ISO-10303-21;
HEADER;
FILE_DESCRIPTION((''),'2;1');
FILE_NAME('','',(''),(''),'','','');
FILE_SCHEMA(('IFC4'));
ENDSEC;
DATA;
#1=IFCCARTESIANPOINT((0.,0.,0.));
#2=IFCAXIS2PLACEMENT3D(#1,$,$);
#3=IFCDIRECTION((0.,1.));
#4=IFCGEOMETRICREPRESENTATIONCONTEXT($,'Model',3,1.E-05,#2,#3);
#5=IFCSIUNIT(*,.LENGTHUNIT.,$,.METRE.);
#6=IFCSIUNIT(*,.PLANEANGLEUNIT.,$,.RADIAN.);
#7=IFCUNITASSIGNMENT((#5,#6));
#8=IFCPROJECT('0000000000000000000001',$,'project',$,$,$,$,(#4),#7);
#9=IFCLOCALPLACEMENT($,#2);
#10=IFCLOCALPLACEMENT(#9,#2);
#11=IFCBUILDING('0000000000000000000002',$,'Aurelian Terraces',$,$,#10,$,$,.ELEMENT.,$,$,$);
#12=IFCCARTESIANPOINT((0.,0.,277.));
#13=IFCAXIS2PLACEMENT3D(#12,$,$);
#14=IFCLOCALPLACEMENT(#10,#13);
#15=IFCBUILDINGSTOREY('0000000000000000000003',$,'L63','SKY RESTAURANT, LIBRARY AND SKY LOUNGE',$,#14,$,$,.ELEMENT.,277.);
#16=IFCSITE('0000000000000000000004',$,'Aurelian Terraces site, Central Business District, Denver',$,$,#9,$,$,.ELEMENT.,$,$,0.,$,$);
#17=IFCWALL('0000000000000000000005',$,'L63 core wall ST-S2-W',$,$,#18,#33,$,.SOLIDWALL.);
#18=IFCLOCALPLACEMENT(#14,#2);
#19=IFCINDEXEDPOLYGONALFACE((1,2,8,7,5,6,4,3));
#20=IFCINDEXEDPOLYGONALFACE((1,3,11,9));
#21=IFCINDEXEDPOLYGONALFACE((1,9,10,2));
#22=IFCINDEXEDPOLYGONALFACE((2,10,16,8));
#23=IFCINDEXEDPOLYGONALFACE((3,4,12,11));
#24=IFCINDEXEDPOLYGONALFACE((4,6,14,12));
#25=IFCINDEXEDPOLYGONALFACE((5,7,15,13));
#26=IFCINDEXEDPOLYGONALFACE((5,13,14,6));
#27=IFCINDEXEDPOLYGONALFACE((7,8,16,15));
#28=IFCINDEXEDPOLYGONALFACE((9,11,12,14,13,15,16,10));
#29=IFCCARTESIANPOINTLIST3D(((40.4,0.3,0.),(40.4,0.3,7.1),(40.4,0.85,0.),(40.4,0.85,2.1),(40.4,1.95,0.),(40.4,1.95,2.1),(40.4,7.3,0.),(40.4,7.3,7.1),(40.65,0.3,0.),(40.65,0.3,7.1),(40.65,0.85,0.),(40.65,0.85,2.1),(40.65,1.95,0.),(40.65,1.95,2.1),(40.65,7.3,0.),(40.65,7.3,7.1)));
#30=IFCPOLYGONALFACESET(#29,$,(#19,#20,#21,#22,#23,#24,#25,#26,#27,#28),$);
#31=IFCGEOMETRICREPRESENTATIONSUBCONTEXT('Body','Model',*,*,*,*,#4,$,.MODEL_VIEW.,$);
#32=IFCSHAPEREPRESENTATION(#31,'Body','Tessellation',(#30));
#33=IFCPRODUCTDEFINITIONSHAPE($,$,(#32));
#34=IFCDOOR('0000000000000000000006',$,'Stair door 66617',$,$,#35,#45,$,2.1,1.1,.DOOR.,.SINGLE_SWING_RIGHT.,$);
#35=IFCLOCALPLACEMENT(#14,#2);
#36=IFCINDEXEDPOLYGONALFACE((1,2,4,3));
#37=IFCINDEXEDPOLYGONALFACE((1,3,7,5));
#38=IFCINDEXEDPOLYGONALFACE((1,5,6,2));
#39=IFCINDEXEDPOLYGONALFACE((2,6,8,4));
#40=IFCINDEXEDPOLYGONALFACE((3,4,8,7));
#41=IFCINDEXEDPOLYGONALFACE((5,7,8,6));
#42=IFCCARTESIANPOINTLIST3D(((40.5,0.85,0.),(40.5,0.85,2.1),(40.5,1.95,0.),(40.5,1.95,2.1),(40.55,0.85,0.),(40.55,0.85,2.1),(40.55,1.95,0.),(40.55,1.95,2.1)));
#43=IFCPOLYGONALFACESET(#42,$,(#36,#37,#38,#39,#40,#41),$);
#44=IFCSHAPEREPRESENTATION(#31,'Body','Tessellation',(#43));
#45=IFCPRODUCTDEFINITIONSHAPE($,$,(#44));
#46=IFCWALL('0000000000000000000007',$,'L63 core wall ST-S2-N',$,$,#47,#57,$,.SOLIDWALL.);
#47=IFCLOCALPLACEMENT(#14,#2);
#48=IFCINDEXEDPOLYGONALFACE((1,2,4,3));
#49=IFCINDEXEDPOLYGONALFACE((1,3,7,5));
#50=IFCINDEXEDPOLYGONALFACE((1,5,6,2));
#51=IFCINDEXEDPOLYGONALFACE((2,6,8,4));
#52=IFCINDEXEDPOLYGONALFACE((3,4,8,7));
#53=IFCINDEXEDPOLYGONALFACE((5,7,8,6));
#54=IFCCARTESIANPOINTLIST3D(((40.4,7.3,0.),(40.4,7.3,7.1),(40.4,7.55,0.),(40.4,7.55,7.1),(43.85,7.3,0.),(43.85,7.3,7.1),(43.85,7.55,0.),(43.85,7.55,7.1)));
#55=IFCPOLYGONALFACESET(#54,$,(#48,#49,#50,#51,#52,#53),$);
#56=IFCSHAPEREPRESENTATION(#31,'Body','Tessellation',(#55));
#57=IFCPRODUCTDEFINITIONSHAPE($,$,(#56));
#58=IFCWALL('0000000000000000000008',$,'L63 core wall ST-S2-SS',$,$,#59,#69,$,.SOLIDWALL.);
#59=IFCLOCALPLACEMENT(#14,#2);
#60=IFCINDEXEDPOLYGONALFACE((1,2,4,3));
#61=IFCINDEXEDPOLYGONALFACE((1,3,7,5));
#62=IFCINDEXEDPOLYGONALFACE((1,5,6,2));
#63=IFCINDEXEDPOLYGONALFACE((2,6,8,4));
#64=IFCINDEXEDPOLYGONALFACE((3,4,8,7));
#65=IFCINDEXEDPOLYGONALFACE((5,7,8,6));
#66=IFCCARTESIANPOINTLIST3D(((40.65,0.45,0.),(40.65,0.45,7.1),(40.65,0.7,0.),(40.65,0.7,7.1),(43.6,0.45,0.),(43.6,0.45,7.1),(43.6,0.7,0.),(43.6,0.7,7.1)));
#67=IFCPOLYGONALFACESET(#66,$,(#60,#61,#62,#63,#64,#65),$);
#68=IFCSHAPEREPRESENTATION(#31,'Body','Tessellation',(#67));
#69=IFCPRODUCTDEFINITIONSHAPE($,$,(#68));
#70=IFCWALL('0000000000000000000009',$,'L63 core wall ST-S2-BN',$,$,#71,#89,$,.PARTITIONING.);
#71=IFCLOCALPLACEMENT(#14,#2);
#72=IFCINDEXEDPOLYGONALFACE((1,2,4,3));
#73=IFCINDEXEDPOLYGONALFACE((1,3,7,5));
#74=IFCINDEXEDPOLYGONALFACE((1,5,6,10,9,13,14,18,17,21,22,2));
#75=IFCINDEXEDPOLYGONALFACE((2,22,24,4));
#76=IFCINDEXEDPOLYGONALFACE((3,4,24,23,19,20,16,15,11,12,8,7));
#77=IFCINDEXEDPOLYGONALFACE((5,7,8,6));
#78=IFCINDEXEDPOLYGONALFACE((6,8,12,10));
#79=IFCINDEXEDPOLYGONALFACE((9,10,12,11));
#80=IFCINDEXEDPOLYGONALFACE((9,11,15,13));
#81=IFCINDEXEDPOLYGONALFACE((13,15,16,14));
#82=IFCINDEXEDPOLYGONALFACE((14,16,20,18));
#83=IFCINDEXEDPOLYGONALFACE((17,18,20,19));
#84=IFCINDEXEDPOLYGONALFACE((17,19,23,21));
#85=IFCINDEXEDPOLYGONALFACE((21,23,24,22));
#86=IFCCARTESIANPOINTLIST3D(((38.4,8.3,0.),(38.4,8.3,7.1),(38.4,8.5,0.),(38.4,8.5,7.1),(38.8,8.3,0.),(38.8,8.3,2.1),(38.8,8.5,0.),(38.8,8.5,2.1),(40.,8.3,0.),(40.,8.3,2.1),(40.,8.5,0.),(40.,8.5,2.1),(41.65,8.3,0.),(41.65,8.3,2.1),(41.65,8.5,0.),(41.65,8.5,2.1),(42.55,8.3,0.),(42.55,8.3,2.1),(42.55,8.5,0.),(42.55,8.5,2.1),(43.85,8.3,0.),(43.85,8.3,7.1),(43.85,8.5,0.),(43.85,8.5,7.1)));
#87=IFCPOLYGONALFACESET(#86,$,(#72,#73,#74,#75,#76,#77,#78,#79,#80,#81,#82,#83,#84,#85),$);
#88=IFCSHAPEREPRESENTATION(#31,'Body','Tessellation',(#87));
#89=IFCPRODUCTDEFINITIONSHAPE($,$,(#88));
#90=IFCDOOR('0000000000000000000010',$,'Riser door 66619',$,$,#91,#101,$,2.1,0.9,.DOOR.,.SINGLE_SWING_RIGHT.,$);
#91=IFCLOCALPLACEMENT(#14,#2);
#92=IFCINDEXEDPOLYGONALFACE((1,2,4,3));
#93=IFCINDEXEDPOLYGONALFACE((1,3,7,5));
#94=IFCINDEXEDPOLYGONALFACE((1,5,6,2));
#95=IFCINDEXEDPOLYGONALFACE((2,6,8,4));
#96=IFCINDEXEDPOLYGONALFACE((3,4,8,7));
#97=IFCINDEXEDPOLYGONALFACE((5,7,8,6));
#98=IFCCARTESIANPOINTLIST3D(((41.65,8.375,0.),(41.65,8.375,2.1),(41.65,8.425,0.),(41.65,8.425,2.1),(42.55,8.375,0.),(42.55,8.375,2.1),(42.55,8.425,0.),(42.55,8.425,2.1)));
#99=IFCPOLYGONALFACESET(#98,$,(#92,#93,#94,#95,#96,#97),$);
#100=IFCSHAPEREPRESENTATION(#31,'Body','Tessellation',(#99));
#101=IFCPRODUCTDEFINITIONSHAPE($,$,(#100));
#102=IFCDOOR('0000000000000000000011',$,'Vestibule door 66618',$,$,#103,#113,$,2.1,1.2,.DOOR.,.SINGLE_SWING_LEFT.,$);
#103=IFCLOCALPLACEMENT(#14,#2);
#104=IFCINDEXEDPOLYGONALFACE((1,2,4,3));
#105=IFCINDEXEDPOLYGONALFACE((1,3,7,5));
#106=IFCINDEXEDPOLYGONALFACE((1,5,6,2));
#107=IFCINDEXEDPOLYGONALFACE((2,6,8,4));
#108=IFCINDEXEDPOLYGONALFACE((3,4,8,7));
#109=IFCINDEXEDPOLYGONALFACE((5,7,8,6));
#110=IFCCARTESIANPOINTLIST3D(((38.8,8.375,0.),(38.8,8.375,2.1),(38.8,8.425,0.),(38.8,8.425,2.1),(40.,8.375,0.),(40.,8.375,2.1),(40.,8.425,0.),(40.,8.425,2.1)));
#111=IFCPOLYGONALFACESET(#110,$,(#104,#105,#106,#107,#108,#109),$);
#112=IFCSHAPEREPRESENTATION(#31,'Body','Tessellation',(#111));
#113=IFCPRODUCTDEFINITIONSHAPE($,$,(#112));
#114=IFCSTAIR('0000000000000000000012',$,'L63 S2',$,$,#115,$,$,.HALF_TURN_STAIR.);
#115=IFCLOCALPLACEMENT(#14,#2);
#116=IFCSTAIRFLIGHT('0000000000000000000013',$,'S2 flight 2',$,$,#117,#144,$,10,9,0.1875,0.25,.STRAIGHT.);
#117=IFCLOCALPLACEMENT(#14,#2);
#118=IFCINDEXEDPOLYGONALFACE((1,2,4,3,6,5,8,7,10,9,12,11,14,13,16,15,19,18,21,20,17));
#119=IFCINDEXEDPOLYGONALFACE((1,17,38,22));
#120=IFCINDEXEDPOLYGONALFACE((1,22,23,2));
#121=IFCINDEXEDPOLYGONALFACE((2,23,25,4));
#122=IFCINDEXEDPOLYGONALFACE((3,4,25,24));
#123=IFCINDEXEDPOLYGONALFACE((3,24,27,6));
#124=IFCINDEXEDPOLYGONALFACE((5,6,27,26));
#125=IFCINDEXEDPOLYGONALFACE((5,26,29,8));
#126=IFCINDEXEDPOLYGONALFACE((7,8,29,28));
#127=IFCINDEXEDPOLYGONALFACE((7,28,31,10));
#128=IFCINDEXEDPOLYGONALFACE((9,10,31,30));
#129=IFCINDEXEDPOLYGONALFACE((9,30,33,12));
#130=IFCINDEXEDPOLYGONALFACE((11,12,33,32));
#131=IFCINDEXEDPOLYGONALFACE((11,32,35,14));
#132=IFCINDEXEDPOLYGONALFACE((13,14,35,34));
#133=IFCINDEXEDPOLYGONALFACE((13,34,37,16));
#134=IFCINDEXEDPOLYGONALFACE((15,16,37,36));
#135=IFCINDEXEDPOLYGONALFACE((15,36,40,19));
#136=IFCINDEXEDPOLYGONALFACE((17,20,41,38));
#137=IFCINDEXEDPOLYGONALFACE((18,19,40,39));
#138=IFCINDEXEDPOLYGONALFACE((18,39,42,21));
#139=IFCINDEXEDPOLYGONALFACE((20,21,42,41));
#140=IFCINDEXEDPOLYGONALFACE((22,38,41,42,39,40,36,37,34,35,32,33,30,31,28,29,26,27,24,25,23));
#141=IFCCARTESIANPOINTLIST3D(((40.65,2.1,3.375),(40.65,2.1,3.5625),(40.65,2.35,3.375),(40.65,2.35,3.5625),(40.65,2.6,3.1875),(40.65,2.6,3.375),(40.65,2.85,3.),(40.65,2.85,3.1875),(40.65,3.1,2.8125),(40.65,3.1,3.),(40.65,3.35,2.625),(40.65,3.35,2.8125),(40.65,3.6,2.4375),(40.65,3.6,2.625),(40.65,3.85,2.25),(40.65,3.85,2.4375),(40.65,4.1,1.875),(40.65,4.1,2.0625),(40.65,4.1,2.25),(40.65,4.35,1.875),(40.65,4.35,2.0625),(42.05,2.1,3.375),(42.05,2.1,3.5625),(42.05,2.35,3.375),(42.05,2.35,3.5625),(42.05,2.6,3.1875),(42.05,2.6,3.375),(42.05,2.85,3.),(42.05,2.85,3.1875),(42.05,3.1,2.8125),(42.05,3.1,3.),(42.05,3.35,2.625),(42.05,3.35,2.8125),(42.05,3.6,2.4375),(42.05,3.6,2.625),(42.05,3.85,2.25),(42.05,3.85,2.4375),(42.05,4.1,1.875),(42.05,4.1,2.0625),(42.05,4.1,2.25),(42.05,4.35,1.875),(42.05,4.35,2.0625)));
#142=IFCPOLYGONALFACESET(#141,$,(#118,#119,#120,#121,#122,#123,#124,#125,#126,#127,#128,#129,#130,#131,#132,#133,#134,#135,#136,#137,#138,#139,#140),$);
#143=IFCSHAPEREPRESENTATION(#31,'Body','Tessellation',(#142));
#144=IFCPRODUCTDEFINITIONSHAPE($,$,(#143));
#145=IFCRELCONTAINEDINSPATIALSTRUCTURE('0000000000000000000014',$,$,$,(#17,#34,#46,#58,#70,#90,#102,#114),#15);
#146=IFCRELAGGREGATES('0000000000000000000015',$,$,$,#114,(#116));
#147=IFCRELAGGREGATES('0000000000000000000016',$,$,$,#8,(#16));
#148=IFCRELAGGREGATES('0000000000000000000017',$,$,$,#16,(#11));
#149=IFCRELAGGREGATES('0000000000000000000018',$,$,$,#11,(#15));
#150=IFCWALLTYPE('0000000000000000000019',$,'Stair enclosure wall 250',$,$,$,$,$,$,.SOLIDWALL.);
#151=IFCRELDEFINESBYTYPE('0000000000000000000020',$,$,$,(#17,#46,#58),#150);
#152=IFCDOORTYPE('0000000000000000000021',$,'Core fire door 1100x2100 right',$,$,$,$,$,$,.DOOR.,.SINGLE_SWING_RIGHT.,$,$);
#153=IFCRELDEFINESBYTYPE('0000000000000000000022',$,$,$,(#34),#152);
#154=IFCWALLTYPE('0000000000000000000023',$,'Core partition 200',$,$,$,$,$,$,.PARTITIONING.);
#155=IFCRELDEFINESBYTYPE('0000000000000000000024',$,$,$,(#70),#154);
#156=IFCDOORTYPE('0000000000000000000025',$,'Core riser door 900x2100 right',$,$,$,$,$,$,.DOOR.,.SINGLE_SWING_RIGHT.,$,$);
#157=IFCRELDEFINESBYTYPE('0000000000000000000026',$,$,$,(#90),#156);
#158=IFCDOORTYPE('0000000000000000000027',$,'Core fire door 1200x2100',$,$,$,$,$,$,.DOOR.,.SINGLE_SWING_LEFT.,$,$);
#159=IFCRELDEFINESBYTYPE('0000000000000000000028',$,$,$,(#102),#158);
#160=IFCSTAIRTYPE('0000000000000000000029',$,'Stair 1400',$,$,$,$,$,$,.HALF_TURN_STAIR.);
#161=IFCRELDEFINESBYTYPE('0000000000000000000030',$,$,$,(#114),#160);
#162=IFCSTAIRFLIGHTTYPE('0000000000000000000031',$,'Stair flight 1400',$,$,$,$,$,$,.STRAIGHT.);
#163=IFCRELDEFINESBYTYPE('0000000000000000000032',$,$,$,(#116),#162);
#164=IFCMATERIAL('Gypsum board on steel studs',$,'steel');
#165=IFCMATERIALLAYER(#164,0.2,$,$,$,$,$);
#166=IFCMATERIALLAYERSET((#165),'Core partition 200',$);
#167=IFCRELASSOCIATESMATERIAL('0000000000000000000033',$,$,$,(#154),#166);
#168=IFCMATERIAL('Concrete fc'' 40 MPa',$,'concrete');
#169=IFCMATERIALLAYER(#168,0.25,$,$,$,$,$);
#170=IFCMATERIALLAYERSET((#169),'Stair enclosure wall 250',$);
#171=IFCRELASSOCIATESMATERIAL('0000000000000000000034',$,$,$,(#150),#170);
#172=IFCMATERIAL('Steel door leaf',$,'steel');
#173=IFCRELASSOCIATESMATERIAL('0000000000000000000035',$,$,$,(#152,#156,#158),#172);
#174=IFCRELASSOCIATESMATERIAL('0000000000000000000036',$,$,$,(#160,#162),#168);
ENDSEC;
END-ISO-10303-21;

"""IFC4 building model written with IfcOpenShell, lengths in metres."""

from ifc_helpers import new_model, si_unit, direction, frame, frame_2d, origin, place, context, subcontext, project, spatial, polyline, rectangle, outline, extrude, source, transform, mapped, material, layer, layer_set, type_object, element, fill, aggregate, save


model = new_model("IFC4")

# Units and contexts
model_context = context("Model", 3, precision=1e-05, world=origin(), true_north=direction((0.0, 1.0)))
body_context = subcontext(model_context, "Body", "Model", "MODEL_VIEW")
ifc_project = project(units=[si_unit("LENGTHUNIT", "METRE"), si_unit("PLANEANGLEUNIT", "RADIAN")], contexts=[model_context])

# Site, building, storey
site_placement = place(None, origin())
site = spatial("IfcSite", under=ifc_project, at=site_placement, Name="Aurelian Terraces site, Central Business District, Denver", CompositionType="ELEMENT", RefElevation=0.0)
building_placement = place(site_placement, origin())
building = spatial("IfcBuilding", under=site, at=building_placement, Name="Aurelian Terraces", CompositionType="ELEMENT")
storey_placement = place(building_placement, frame((0.0, 0.0, 277.0)))
storey = spatial("IfcBuildingStorey", under=building, at=storey_placement, Name="L63", Description="SKY RESTAURANT, LIBRARY AND SKY LOUNGE", CompositionType="ELEMENT", Elevation=277.0)

# Shared definitions
ifc_material_1 = material(Name="Gypsum board on steel studs", Category="steel")
ifc_layer_1 = layer(ifc_material_1, 0.2)
ifc_layer_set_1 = layer_set([ifc_layer_1], Name="Core partition 200")
wall_type_1 = type_object("IfcWallType", Name="Core partition 200", PredefinedType="PARTITIONING", material=ifc_layer_set_1)

# Wall, opening, door
ifc_material_2 = material(Name="Concrete fc' 40 MPa", Category="concrete")
ifc_layer_2 = layer(ifc_material_2, 0.25)
ifc_layer_set_2 = layer_set([ifc_layer_2], Name="Stair enclosure wall 250")
wall_type_2 = type_object("IfcWallType", Name="Stair enclosure wall 250", PredefinedType="SOLIDWALL", material=ifc_layer_set_2)
shared_shape_1 = source(origin(), body_context, "Body", "SweptSolid", [
    extrude(rectangle(XDim=7.0, YDim=0.25, at=frame_2d((3.5, 0.0))), origin(), (0.0, 0.0, 1.0), 7.1),
])
wall_1_placement = place(storey_placement, frame((40.525, 0.3, 0.0), z_axis=(0.0, 0.0, 1.0), x_axis=(0.0, 1.0, 0.0)))
wall_1 = element("IfcWall", 1, at=wall_1_placement, inside=storey, type_object=wall_type_2, Name="L63 core wall ST-S2-W", PredefinedType="SOLIDWALL", context=body_context, shape_type="MappedRepresentation", body=[
    mapped(shared_shape_1, transform((0.0, 0.0, 0.0), scale=1.0)),
])
shared_shape_2 = source(origin(), body_context, "Body", "SweptSolid", [
    extrude(rectangle(XDim=1.1, YDim=2.1, at=frame_2d((0.55, 1.05))), frame((0.0, 0.135, 0.0), z_axis=(0.0, -1.0, 0.0), x_axis=(1.0, 0.0, 0.0)), (0.0, 0.0, 1.0), 0.27),
])
opening_1_placement = place(wall_1_placement, frame((0.55, 0.0, 0.0)))
opening_1 = element("IfcOpeningElement", 2, at=opening_1_placement, cuts=wall_1, PredefinedType="OPENING", context=body_context, shape_type="MappedRepresentation", body=[
    mapped(shared_shape_2, transform((0.0, 0.0, 0.0), scale=1.0)),
])
ifc_material_3 = material(Name="Steel door leaf", Category="steel")
door_type_1 = type_object("IfcDoorType", Name="Core fire door 1100x2100 right", OperationType="SINGLE_SWING_RIGHT", PredefinedType="DOOR", material=ifc_material_3)
shared_shape_3 = source(origin(), body_context, "Body", "SweptSolid", [
    extrude(rectangle(XDim=1.1, YDim=2.1, at=frame_2d((0.55, 1.05))), frame((0.0, 0.025, 0.0), z_axis=(0.0, -1.0, 0.0), x_axis=(1.0, 0.0, 0.0)), (0.0, 0.0, 1.0), 0.05),
])
door_1_placement = place(opening_1_placement, origin())
door_1 = element("IfcDoor", 3, at=door_1_placement, inside=storey, type_object=door_type_1, Name="Stair door 66617", OperationType="SINGLE_SWING_RIGHT", OverallHeight=2.1, OverallWidth=1.1, PredefinedType="DOOR", context=body_context, shape_type="MappedRepresentation", body=[
    mapped(shared_shape_3, transform((0.0, 0.0, 0.0), scale=1.0)),
])
fill(opening_1, door_1)

# Walls
shared_shape_4 = source(origin(), body_context, "Body", "SweptSolid", [
    extrude(rectangle(XDim=3.45, YDim=0.25, at=frame_2d((1.725, 0.0))), origin(), (0.0, 0.0, 1.0), 7.1),
])
wall_2_placement = place(storey_placement, frame((40.4, 7.425, 0.0), z_axis=(0.0, 0.0, 1.0), x_axis=(1.0, 0.0, 0.0)))
element("IfcWall", 4, at=wall_2_placement, inside=storey, type_object=wall_type_2, Name="L63 core wall ST-S2-N", PredefinedType="SOLIDWALL", context=body_context, shape_type="MappedRepresentation", body=[
    mapped(shared_shape_4, transform((0.0, 0.0, 0.0), scale=1.0)),
])
shared_shape_5 = source(origin(), body_context, "Body", "SweptSolid", [
    extrude(rectangle(XDim=2.95, YDim=0.25, at=frame_2d((1.475, 0.0))), origin(), (0.0, 0.0, 1.0), 7.1),
])
wall_3_placement = place(storey_placement, frame((40.65, 0.575, 0.0), z_axis=(0.0, 0.0, 1.0), x_axis=(1.0, 0.0, 0.0)))
element("IfcWall", 5, at=wall_3_placement, inside=storey, type_object=wall_type_2, Name="L63 core wall ST-S2-SS", PredefinedType="SOLIDWALL", context=body_context, shape_type="MappedRepresentation", body=[
    mapped(shared_shape_5, transform((0.0, 0.0, 0.0), scale=1.0)),
])

# Wall, openings, doors
shared_shape_6 = source(origin(), body_context, "Body", "SweptSolid", [
    extrude(rectangle(XDim=5.45, YDim=0.2, at=frame_2d((2.725, 0.0))), origin(), (0.0, 0.0, 1.0), 7.1),
])
wall_4_placement = place(storey_placement, frame((38.4, 8.4, 0.0), z_axis=(0.0, 0.0, 1.0), x_axis=(1.0, 0.0, 0.0)))
wall_4 = element("IfcWall", 6, at=wall_4_placement, inside=storey, type_object=wall_type_1, Name="L63 core wall ST-S2-BN", PredefinedType="PARTITIONING", context=body_context, shape_type="MappedRepresentation", body=[
    mapped(shared_shape_6, transform((0.0, 0.0, 0.0), scale=1.0)),
])
shared_shape_7 = source(origin(), body_context, "Body", "SweptSolid", [
    extrude(rectangle(XDim=1.2, YDim=2.1, at=frame_2d((0.6, 1.05))), frame((0.0, 0.11, 0.0), z_axis=(0.0, -1.0, 0.0), x_axis=(1.0, 0.0, 0.0)), (0.0, 0.0, 1.0), 0.22),
])
opening_2_placement = place(wall_4_placement, frame((0.4, 0.0, 0.0)))
opening_2 = element("IfcOpeningElement", 7, at=opening_2_placement, cuts=wall_4, PredefinedType="OPENING", context=body_context, shape_type="MappedRepresentation", body=[
    mapped(shared_shape_7, transform((0.0, 0.0, 0.0), scale=1.0)),
])
shared_shape_8 = source(origin(), body_context, "Body", "SweptSolid", [
    extrude(rectangle(XDim=0.9, YDim=2.1, at=frame_2d((0.45, 1.05))), frame((0.0, 0.11, 0.0), z_axis=(0.0, -1.0, 0.0), x_axis=(1.0, 0.0, 0.0)), (0.0, 0.0, 1.0), 0.22),
])
opening_3_placement = place(wall_4_placement, frame((3.25, 0.0, 0.0)))
opening_3 = element("IfcOpeningElement", 8, at=opening_3_placement, cuts=wall_4, PredefinedType="OPENING", context=body_context, shape_type="MappedRepresentation", body=[
    mapped(shared_shape_8, transform((0.0, 0.0, 0.0), scale=1.0)),
])
door_type_2 = type_object("IfcDoorType", Name="Core riser door 900x2100 right", OperationType="SINGLE_SWING_RIGHT", PredefinedType="DOOR", material=ifc_material_3)
shared_shape_9 = source(origin(), body_context, "Body", "SweptSolid", [
    extrude(rectangle(XDim=0.9, YDim=2.1, at=frame_2d((0.45, 1.05))), frame((0.0, 0.025, 0.0), z_axis=(0.0, -1.0, 0.0), x_axis=(1.0, 0.0, 0.0)), (0.0, 0.0, 1.0), 0.05),
])
door_2_placement = place(opening_3_placement, origin())
door_2 = element("IfcDoor", 9, at=door_2_placement, inside=storey, type_object=door_type_2, Name="Riser door 66619", OperationType="SINGLE_SWING_RIGHT", OverallHeight=2.1, OverallWidth=0.9, PredefinedType="DOOR", context=body_context, shape_type="MappedRepresentation", body=[
    mapped(shared_shape_9, transform((0.0, 0.0, 0.0), scale=1.0)),
])
fill(opening_3, door_2)
door_type_3 = type_object("IfcDoorType", Name="Core fire door 1200x2100", OperationType="SINGLE_SWING_LEFT", PredefinedType="DOOR", material=ifc_material_3)
shared_shape_10 = source(origin(), body_context, "Body", "SweptSolid", [
    extrude(rectangle(XDim=1.2, YDim=2.1, at=frame_2d((0.6, 1.05))), frame((0.0, 0.025, 0.0), z_axis=(0.0, -1.0, 0.0), x_axis=(1.0, 0.0, 0.0)), (0.0, 0.0, 1.0), 0.05),
])
door_3_placement = place(opening_2_placement, origin())
door_3 = element("IfcDoor", 10, at=door_3_placement, inside=storey, type_object=door_type_3, Name="Vestibule door 66618", OperationType="SINGLE_SWING_LEFT", OverallHeight=2.1, OverallWidth=1.2, PredefinedType="DOOR", context=body_context, shape_type="MappedRepresentation", body=[
    mapped(shared_shape_10, transform((0.0, 0.0, 0.0), scale=1.0)),
])
fill(opening_2, door_3)

# Stair, stair flight
stair_type = type_object("IfcStairType", Name="Stair 1400", PredefinedType="HALF_TURN_STAIR", material=ifc_material_2)
stair_placement = place(storey_placement, origin())
stair = element("IfcStair", 11, at=stair_placement, inside=storey, type_object=stair_type, Name="L63 S2", PredefinedType="HALF_TURN_STAIR")
stair_flight_type = type_object("IfcStairFlightType", Name="Stair flight 1400", PredefinedType="STRAIGHT", material=ifc_material_2)
shared_shape_11 = source(origin(), body_context, "Body", "SweptSolid", [
    extrude(outline(polyline([(0.0, 0.0), (0.0, 0.1875), (0.25, 0.1875), (0.25, 0.375), (0.5, 0.375), (0.5, 0.5625), (0.75, 0.5625), (0.75, 0.75), (1.0, 0.75), (1.0, 0.9375), (1.25, 0.9375), (1.25, 1.125), (1.5, 1.125), (1.5, 1.3125), (1.75, 1.3125), (1.75, 1.5), (2.0, 1.5), (2.0, 1.6875), (2.25, 1.6875), (2.25, 1.875), (2.25, 1.5), (0.25, 0.0), (0.0, 0.0)])), frame((0.0, 0.7, 0.0), z_axis=(0.0, -1.0, 0.0), x_axis=(1.0, 0.0, 0.0)), (0.0, 0.0, 1.0), 1.4),
])
stair_flight_1_placement = place(storey_placement, frame((41.35, 4.35, 1.875), z_axis=(0.0, 0.0, 1.0), x_axis=(0.0, -1.0, 0.0)))
stair_flight_1 = element("IfcStairFlight", 12, at=stair_flight_1_placement, type_object=stair_flight_type, Name="S2 flight 2", NumberOfRisers=10, NumberOfTreads=9, PredefinedType="STRAIGHT", RiserHeight=0.1875, TreadLength=0.25, context=body_context, shape_type="MappedRepresentation", body=[
    mapped(shared_shape_11, transform((0.0, 0.0, 0.0), scale=1.0)),
])
aggregate(stair, [stair_flight_1])

save(model, "model.ifc")
